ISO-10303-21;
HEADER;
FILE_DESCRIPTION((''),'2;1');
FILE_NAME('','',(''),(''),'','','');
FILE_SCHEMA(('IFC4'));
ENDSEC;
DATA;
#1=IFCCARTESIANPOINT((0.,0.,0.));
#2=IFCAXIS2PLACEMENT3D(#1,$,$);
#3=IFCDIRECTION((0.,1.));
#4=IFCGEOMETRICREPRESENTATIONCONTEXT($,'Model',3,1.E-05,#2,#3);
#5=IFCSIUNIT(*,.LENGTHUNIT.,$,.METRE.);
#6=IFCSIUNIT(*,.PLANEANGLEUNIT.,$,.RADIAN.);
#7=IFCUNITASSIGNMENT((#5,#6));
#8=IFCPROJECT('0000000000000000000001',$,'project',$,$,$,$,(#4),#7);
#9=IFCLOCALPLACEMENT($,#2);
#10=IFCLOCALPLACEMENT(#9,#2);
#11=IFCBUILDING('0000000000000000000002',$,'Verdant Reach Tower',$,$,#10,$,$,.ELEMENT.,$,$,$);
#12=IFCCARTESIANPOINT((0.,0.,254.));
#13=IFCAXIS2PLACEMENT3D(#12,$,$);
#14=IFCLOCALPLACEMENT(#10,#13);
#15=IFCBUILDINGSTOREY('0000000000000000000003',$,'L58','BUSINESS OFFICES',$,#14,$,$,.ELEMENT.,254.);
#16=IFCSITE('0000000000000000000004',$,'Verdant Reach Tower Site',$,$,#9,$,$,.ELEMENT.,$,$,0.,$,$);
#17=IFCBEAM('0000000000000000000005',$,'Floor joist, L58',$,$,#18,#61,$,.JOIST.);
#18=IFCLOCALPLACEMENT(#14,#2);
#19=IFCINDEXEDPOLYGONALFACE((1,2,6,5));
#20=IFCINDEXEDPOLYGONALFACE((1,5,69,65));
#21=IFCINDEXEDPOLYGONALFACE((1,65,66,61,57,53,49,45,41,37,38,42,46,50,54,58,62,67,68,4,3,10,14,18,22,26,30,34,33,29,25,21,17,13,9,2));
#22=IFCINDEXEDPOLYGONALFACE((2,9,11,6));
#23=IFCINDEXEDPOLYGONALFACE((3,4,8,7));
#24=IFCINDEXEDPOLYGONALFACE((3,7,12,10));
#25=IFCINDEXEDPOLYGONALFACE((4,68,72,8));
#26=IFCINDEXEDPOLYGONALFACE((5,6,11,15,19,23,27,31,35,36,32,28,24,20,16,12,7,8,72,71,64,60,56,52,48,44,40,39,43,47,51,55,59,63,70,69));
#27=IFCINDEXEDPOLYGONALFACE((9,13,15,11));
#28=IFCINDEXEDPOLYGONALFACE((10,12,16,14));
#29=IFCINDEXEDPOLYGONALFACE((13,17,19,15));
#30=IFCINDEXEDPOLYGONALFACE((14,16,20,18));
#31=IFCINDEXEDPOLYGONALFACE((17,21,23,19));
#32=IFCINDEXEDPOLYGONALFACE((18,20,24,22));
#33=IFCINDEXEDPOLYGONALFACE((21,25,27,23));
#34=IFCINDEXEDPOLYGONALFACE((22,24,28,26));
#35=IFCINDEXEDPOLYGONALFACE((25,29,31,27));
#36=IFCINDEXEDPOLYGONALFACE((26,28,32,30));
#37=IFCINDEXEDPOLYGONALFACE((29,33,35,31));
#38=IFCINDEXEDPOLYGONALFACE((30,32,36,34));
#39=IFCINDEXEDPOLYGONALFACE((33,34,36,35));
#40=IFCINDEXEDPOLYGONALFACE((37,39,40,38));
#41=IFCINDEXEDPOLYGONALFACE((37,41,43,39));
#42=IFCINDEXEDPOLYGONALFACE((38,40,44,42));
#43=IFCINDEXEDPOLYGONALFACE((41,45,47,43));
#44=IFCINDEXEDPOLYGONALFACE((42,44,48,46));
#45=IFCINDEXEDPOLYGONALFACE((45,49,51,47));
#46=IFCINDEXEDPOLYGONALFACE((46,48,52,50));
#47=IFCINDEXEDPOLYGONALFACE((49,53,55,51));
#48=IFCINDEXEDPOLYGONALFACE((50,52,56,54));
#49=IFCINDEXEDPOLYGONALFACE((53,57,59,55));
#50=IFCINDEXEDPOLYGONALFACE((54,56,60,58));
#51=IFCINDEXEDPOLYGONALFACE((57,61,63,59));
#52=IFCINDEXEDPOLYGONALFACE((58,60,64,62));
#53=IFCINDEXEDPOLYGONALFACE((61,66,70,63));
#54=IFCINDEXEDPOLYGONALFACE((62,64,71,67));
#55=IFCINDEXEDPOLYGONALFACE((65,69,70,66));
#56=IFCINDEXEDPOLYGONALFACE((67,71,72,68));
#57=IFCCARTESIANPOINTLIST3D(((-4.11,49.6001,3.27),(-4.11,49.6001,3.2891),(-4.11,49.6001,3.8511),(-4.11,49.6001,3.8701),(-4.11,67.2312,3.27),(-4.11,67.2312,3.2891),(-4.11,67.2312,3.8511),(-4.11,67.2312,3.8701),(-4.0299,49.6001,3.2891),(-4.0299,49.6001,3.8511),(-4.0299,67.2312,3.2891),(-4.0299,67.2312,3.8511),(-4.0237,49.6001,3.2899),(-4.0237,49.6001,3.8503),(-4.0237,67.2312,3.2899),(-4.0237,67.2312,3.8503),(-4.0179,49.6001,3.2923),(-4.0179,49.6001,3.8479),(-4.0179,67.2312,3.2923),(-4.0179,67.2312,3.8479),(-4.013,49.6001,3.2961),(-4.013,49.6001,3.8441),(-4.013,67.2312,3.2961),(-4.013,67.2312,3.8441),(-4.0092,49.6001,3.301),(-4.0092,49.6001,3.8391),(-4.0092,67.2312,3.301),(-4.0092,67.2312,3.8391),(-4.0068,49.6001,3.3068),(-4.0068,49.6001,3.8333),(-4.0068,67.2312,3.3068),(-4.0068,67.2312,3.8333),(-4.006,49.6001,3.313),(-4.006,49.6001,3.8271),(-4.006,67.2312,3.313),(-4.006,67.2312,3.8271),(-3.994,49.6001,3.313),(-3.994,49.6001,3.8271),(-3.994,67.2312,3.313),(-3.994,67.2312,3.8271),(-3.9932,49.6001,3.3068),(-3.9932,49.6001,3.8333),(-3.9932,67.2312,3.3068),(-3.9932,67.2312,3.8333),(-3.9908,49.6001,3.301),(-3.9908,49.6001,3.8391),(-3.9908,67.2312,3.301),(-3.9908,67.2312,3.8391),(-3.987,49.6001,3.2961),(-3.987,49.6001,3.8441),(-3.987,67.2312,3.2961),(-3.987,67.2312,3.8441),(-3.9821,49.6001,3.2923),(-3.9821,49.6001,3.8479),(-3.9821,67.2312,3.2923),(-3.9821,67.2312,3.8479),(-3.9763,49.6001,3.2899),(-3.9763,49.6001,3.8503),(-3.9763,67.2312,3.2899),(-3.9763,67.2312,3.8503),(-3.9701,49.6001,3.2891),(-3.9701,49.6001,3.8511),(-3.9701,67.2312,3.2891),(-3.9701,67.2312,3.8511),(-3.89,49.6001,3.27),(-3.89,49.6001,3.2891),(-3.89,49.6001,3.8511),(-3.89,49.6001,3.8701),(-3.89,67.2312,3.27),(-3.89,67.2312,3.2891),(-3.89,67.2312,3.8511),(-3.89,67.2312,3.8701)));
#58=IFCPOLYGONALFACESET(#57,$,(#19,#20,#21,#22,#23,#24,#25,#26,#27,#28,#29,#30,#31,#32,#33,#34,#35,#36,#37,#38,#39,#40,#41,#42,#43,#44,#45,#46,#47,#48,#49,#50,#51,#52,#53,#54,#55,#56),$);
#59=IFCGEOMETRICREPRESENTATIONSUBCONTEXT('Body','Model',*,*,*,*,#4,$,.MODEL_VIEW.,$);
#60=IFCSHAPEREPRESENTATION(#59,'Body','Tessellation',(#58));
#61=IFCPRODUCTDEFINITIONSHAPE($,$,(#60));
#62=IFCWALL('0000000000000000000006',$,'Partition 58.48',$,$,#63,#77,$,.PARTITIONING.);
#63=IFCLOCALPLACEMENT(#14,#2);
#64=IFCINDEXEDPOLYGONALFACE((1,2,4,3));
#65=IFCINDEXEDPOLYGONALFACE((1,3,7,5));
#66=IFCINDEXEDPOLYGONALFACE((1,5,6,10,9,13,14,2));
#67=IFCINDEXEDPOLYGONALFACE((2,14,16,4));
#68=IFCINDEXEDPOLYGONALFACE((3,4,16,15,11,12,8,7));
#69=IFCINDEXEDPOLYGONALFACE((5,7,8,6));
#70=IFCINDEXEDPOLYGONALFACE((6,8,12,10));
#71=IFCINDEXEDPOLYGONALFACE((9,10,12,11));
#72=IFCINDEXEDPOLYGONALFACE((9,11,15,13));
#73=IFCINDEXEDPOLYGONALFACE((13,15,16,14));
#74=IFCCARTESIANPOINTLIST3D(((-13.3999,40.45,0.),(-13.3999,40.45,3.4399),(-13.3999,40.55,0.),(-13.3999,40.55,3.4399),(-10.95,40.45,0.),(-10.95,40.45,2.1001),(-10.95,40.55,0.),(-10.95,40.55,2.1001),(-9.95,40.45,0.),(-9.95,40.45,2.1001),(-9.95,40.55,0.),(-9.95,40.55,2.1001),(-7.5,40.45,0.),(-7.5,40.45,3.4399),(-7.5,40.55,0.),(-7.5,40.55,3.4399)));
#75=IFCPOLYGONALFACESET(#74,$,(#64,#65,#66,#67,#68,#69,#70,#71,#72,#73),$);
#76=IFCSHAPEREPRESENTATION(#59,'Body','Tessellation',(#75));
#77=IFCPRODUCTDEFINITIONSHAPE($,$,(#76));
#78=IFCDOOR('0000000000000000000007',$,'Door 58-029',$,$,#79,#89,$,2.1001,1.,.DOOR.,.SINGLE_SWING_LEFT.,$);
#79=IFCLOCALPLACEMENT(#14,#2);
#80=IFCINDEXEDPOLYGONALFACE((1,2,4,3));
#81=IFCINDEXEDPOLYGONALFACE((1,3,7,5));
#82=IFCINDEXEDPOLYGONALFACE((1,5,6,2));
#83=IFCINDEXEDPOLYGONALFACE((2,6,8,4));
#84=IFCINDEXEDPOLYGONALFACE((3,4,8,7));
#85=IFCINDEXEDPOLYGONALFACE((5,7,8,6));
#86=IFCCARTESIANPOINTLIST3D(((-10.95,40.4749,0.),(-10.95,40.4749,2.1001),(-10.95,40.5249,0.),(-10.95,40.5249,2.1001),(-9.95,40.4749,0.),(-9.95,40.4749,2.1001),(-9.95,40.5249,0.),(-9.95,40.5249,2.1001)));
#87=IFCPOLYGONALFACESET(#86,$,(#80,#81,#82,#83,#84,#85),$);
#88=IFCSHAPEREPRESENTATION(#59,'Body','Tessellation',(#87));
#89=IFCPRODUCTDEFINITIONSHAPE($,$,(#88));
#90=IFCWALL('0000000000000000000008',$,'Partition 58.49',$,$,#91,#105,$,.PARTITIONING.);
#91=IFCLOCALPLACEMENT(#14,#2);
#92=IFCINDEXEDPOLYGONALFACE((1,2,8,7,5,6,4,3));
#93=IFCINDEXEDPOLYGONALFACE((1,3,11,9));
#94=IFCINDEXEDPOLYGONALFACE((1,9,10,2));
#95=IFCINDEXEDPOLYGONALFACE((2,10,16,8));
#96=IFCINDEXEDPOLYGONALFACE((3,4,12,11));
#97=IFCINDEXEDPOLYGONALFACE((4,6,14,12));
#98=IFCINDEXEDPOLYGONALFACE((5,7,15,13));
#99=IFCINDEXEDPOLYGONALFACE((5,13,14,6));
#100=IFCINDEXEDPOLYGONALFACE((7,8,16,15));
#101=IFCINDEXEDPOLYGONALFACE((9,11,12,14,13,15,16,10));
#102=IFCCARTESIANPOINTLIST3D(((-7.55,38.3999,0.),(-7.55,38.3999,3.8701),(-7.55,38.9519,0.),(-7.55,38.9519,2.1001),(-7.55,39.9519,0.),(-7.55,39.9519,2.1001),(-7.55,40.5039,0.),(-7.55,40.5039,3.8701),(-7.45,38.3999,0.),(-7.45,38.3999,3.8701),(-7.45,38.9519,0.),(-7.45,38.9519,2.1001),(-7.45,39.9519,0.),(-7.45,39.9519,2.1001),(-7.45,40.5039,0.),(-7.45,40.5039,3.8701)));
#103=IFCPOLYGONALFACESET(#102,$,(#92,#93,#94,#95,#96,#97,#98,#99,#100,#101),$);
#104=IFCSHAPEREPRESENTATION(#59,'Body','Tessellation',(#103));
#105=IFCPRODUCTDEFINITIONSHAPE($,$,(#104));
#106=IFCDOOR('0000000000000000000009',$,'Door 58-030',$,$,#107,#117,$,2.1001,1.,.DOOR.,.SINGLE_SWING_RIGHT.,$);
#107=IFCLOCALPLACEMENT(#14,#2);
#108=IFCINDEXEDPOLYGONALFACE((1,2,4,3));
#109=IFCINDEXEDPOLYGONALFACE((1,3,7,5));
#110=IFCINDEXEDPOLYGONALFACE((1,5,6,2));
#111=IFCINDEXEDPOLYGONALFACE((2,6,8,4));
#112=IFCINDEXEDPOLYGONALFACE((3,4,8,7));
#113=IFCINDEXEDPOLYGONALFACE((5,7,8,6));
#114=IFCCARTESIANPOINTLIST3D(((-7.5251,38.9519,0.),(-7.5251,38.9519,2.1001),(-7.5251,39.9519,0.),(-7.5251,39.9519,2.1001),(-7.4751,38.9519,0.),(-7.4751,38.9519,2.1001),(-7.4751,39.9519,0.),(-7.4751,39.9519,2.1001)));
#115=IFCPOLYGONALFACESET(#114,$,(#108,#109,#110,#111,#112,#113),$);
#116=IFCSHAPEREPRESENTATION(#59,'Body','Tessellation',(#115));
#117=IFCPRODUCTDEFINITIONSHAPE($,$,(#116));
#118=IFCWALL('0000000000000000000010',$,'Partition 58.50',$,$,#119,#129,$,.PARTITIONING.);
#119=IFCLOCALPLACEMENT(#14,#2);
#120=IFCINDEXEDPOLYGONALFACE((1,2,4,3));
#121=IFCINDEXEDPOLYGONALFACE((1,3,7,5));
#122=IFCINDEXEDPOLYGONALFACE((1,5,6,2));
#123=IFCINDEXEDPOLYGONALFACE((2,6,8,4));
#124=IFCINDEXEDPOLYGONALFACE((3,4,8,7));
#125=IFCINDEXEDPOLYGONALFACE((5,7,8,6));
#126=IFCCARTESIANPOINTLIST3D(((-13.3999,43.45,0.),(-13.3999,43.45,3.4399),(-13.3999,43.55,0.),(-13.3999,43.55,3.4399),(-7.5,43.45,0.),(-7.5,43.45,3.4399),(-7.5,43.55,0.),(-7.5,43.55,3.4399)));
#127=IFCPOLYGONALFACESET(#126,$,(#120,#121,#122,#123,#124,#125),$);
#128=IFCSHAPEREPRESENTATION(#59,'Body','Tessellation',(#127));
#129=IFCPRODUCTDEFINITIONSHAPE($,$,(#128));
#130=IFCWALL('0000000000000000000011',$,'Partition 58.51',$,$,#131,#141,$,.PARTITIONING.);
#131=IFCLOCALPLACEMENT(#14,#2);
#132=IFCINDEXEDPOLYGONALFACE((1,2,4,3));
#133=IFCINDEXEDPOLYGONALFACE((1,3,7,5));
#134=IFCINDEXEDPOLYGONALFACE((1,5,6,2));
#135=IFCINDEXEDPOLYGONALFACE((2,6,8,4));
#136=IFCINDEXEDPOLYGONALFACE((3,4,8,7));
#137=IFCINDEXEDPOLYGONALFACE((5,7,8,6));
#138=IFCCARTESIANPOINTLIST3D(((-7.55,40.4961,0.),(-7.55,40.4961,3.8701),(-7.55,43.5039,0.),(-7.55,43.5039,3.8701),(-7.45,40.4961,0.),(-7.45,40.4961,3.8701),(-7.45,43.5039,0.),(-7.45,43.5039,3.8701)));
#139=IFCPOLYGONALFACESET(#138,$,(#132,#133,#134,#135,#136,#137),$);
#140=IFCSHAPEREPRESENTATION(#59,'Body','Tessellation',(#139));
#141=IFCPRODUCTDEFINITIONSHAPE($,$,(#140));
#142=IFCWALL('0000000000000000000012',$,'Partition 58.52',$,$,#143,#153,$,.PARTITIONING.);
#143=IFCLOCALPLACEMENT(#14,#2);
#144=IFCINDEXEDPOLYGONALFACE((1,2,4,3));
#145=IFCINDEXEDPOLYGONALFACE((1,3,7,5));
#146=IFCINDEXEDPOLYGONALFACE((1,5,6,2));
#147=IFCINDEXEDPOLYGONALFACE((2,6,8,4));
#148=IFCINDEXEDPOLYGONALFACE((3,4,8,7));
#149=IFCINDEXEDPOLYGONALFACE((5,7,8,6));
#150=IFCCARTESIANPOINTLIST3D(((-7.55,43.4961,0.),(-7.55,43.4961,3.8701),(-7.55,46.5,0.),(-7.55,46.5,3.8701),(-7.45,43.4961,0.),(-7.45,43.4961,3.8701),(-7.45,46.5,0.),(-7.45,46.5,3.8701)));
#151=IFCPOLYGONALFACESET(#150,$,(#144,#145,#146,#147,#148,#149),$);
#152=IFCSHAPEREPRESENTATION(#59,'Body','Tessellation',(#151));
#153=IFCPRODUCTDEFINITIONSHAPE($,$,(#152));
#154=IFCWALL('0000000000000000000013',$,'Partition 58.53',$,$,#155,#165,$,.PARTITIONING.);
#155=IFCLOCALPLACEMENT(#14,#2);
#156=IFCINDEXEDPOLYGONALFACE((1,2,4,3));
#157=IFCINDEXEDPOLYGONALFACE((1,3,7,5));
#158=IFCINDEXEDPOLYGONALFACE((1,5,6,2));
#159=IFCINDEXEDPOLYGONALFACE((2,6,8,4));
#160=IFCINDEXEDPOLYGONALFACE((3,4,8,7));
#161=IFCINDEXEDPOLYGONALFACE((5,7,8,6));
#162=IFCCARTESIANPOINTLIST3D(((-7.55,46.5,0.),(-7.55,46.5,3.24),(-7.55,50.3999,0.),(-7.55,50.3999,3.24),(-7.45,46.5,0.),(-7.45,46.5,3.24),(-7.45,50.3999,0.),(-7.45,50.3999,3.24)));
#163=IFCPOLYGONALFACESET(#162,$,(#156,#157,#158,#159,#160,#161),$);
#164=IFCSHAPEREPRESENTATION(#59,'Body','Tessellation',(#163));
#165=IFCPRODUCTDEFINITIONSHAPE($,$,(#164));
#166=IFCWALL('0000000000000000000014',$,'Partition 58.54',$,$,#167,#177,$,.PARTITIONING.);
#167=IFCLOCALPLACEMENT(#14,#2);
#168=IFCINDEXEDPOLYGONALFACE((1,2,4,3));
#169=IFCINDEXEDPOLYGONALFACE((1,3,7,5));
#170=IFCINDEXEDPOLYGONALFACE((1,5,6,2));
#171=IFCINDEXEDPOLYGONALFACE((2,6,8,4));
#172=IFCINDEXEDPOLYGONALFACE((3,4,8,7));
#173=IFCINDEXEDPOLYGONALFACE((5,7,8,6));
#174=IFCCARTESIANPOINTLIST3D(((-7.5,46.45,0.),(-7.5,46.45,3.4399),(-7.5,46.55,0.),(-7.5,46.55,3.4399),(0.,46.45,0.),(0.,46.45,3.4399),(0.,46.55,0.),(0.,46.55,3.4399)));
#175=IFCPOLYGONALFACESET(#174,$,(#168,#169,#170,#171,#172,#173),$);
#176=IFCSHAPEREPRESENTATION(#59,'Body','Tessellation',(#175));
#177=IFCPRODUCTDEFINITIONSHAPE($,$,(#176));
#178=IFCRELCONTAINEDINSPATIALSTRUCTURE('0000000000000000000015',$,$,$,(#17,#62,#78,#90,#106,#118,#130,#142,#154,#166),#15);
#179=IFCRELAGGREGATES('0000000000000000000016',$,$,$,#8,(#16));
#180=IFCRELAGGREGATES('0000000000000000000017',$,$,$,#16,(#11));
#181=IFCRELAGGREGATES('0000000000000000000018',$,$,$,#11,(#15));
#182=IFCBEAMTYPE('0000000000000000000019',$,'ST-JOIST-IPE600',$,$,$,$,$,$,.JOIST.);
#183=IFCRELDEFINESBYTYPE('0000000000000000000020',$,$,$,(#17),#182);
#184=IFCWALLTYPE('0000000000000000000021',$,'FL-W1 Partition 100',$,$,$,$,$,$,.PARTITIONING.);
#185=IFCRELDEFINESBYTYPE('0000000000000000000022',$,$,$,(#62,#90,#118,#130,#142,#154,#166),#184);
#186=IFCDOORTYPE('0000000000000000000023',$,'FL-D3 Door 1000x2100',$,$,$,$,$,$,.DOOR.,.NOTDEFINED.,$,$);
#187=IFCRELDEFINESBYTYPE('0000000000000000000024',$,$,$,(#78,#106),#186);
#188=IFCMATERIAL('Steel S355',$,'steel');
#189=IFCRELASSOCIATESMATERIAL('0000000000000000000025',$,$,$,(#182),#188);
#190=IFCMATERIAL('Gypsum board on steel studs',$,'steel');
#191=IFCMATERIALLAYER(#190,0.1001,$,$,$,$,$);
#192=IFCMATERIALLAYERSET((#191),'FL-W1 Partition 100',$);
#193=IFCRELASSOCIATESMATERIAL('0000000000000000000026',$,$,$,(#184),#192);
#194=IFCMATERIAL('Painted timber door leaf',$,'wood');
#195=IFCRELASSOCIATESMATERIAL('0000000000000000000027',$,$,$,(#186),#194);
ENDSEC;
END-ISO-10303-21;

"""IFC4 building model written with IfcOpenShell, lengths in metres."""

from ifc_helpers import new_model, si_unit, direction, frame, frame_2d, origin, origin_2d, place, context, subcontext, project, spatial, rectangle, i_section, extrude, material, layer, layer_set, material_profile, profile_set, type_object, element, fill, save


model = new_model("IFC4")

# Units and contexts
model_context = context("Model", 3, precision=1e-05, world=origin(), true_north=direction((0.0, 1.0)))
body_context = subcontext(model_context, "Body", "Model", "MODEL_VIEW")
ifc_project = project(units=[si_unit("LENGTHUNIT", "METRE"), si_unit("PLANEANGLEUNIT", "RADIAN")], contexts=[model_context])

# Site, building, storey
site_placement = place(None, origin())
site = spatial("IfcSite", under=ifc_project, at=site_placement, Name="Verdant Reach Tower Site", CompositionType="ELEMENT", RefElevation=0.0)
building_placement = place(site_placement, origin())
building = spatial("IfcBuilding", under=site, at=building_placement, Name="Verdant Reach Tower", CompositionType="ELEMENT")
storey_placement = place(building_placement, frame((0.0, 0.0, 254.0)))
storey = spatial("IfcBuildingStorey", under=building, at=storey_placement, Name="L58", Description="BUSINESS OFFICES", CompositionType="ELEMENT", Elevation=254.0)

# Beam
ifc_material_1 = material(Name="Steel S355", Category="steel")
ifc_material_profile_1 = material_profile(ifc_material_1, i_section(OverallWidth=0.22, OverallDepth=0.6001, WebThickness=0.012, FlangeThickness=0.019, FilletRadius=0.0239, at=origin_2d()), Name="IPE 600")
ifc_profile_set_1 = profile_set([ifc_material_profile_1], Name="Steel S355")
beam_type_1 = type_object("IfcBeamType", Name="ST-JOIST-IPE600", PredefinedType="JOIST", material=ifc_profile_set_1)
beam_1_placement = place(storey_placement, frame((-4.0, 49.6001, 3.5701), z_axis=(0.0, 1.0, 0.0), x_axis=(-1.0, 0.0, 0.0)))
element("IfcBeam", 1, at=beam_1_placement, inside=storey, type_object=beam_type_1, Name="Floor joist, L58", PredefinedType="JOIST", context=body_context, shape_type="SweptSolid", body=[
    extrude(i_section(OverallWidth=0.22, OverallDepth=0.6001, WebThickness=0.012, FlangeThickness=0.019, FilletRadius=0.0239, at=origin_2d()), origin(), (0.0, 0.0, 1.0), 17.6311),
])

# Walls, openings, doors
ifc_material_2 = material(Name="Gypsum board on steel studs", Category="steel")
ifc_layer_1 = layer(ifc_material_2, 0.1001)
ifc_layer_set_1 = layer_set([ifc_layer_1], Name="FL-W1 Partition 100")
wall_type_1 = type_object("IfcWallType", Name="FL-W1 Partition 100", PredefinedType="PARTITIONING", material=ifc_layer_set_1)
wall_1_placement = place(storey_placement, frame((-13.3999, 40.5, 0.0), z_axis=(0.0, 0.0, 1.0), x_axis=(1.0, 0.0, 0.0)))
wall_1 = element("IfcWall", 2, at=wall_1_placement, inside=storey, type_object=wall_type_1, Name="Partition 58.48", PredefinedType="PARTITIONING", context=body_context, shape_type="SweptSolid", body=[
    extrude(rectangle(XDim=5.8999, YDim=0.1001, at=frame_2d((2.95, 0.0))), origin(), (0.0, 0.0, 1.0), 3.4399),
])
opening_1_placement = place(wall_1_placement, frame((2.45, 0.0, 0.0)))
opening_1 = element("IfcOpeningElement", 3, at=opening_1_placement, cuts=wall_1, PredefinedType="OPENING", context=body_context, shape_type="SweptSolid", body=[
    extrude(rectangle(XDim=1.0, YDim=2.1001, at=frame_2d((0.5, 1.05))), frame((0.0, 0.0601, 0.0), z_axis=(0.0, -1.0, 0.0), x_axis=(1.0, 0.0, 0.0)), (0.0, 0.0, 1.0), 0.1201),
])
ifc_material_3 = material(Name="Painted timber door leaf", Category="wood")
door_type = type_object("IfcDoorType", Name="FL-D3 Door 1000x2100", OperationType="NOTDEFINED", PredefinedType="DOOR", material=ifc_material_3)
door_1_placement = place(opening_1_placement, origin())
door_1 = element("IfcDoor", 4, at=door_1_placement, inside=storey, type_object=door_type, Name="Door 58-029", OperationType="SINGLE_SWING_LEFT", OverallHeight=2.1001, OverallWidth=1.0, PredefinedType="DOOR", context=body_context, shape_type="SweptSolid", body=[
    extrude(rectangle(XDim=1.0, YDim=2.1001, at=frame_2d((0.5, 1.05))), frame((0.0, 0.0249, 0.0), z_axis=(0.0, -1.0, 0.0), x_axis=(1.0, 0.0, 0.0)), (0.0, 0.0, 1.0), 0.05),
])
fill(opening_1, door_1)
wall_2_placement = place(storey_placement, frame((-7.5, 40.5039, 0.0), z_axis=(0.0, 0.0, 1.0), x_axis=(0.0, -1.0, 0.0)))
wall_2 = element("IfcWall", 5, at=wall_2_placement, inside=storey, type_object=wall_type_1, Name="Partition 58.49", PredefinedType="PARTITIONING", context=body_context, shape_type="SweptSolid", body=[
    extrude(rectangle(XDim=2.104, YDim=0.1001, at=frame_2d((1.052, 0.0))), origin(), (0.0, 0.0, 1.0), 3.8701),
])
opening_2_placement = place(wall_2_placement, frame((0.552, 0.0, 0.0)))
opening_2 = element("IfcOpeningElement", 6, at=opening_2_placement, cuts=wall_2, PredefinedType="OPENING", context=body_context, shape_type="SweptSolid", body=[
    extrude(rectangle(XDim=1.0, YDim=2.1001, at=frame_2d((0.5, 1.05))), frame((0.0, 0.0601, 0.0), z_axis=(0.0, -1.0, 0.0), x_axis=(1.0, 0.0, 0.0)), (0.0, 0.0, 1.0), 0.1201),
])
door_2_placement = place(opening_2_placement, origin())
door_2 = element("IfcDoor", 7, at=door_2_placement, inside=storey, type_object=door_type, Name="Door 58-030", OperationType="SINGLE_SWING_RIGHT", OverallHeight=2.1001, OverallWidth=1.0, PredefinedType="DOOR", context=body_context, shape_type="SweptSolid", body=[
    extrude(rectangle(XDim=1.0, YDim=2.1001, at=frame_2d((0.5, 1.05))), frame((0.0, 0.0249, 0.0), z_axis=(0.0, -1.0, 0.0), x_axis=(1.0, 0.0, 0.0)), (0.0, 0.0, 1.0), 0.05),
])
fill(opening_2, door_2)

# Walls
wall_3_placement = place(storey_placement, frame((-7.5, 43.5, 0.0), z_axis=(0.0, 0.0, 1.0), x_axis=(-1.0, 0.0, 0.0)))
element("IfcWall", 8, at=wall_3_placement, inside=storey, type_object=wall_type_1, Name="Partition 58.50", PredefinedType="PARTITIONING", context=body_context, shape_type="SweptSolid", body=[
    extrude(rectangle(XDim=5.8999, YDim=0.1001, at=frame_2d((2.95, 0.0))), origin(), (0.0, 0.0, 1.0), 3.4399),
])
wall_4_placement = place(storey_placement, frame((-7.5, 40.4961, 0.0), z_axis=(0.0, 0.0, 1.0), x_axis=(0.0, 1.0, 0.0)))
element("IfcWall", 9, at=wall_4_placement, inside=storey, type_object=wall_type_1, Name="Partition 58.51", PredefinedType="PARTITIONING", context=body_context, shape_type="SweptSolid", body=[
    extrude(rectangle(XDim=3.0078, YDim=0.1001, at=frame_2d((1.5039, 0.0))), origin(), (0.0, 0.0, 1.0), 3.8701),
])
wall_5_placement = place(storey_placement, frame((-7.5, 43.4961, 0.0), z_axis=(0.0, 0.0, 1.0), x_axis=(0.0, 1.0, 0.0)))
element("IfcWall", 10, at=wall_5_placement, inside=storey, type_object=wall_type_1, Name="Partition 58.52", PredefinedType="PARTITIONING", context=body_context, shape_type="SweptSolid", body=[
    extrude(rectangle(XDim=3.0039, YDim=0.1001, at=frame_2d((1.502, 0.0))), origin(), (0.0, 0.0, 1.0), 3.8701),
])
wall_6_placement = place(storey_placement, frame((-7.5, 46.5, 0.0), z_axis=(0.0, 0.0, 1.0), x_axis=(0.0, 1.0, 0.0)))
element("IfcWall", 11, at=wall_6_placement, inside=storey, type_object=wall_type_1, Name="Partition 58.53", PredefinedType="PARTITIONING", context=body_context, shape_type="SweptSolid", body=[
    extrude(rectangle(XDim=3.8999, YDim=0.1001, at=frame_2d((1.95, 0.0))), origin(), (0.0, 0.0, 1.0), 3.24),
])
wall_7_placement = place(storey_placement, frame((0.0, 46.5, 0.0), z_axis=(0.0, 0.0, 1.0), x_axis=(-1.0, 0.0, 0.0)))
element("IfcWall", 12, at=wall_7_placement, inside=storey, type_object=wall_type_1, Name="Partition 58.54", PredefinedType="PARTITIONING", context=body_context, shape_type="SweptSolid", body=[
    extrude(rectangle(XDim=7.5, YDim=0.1001, at=frame_2d((3.75, 0.0))), origin(), (0.0, 0.0, 1.0), 3.4399),
])

save(model, "model.ifc")
